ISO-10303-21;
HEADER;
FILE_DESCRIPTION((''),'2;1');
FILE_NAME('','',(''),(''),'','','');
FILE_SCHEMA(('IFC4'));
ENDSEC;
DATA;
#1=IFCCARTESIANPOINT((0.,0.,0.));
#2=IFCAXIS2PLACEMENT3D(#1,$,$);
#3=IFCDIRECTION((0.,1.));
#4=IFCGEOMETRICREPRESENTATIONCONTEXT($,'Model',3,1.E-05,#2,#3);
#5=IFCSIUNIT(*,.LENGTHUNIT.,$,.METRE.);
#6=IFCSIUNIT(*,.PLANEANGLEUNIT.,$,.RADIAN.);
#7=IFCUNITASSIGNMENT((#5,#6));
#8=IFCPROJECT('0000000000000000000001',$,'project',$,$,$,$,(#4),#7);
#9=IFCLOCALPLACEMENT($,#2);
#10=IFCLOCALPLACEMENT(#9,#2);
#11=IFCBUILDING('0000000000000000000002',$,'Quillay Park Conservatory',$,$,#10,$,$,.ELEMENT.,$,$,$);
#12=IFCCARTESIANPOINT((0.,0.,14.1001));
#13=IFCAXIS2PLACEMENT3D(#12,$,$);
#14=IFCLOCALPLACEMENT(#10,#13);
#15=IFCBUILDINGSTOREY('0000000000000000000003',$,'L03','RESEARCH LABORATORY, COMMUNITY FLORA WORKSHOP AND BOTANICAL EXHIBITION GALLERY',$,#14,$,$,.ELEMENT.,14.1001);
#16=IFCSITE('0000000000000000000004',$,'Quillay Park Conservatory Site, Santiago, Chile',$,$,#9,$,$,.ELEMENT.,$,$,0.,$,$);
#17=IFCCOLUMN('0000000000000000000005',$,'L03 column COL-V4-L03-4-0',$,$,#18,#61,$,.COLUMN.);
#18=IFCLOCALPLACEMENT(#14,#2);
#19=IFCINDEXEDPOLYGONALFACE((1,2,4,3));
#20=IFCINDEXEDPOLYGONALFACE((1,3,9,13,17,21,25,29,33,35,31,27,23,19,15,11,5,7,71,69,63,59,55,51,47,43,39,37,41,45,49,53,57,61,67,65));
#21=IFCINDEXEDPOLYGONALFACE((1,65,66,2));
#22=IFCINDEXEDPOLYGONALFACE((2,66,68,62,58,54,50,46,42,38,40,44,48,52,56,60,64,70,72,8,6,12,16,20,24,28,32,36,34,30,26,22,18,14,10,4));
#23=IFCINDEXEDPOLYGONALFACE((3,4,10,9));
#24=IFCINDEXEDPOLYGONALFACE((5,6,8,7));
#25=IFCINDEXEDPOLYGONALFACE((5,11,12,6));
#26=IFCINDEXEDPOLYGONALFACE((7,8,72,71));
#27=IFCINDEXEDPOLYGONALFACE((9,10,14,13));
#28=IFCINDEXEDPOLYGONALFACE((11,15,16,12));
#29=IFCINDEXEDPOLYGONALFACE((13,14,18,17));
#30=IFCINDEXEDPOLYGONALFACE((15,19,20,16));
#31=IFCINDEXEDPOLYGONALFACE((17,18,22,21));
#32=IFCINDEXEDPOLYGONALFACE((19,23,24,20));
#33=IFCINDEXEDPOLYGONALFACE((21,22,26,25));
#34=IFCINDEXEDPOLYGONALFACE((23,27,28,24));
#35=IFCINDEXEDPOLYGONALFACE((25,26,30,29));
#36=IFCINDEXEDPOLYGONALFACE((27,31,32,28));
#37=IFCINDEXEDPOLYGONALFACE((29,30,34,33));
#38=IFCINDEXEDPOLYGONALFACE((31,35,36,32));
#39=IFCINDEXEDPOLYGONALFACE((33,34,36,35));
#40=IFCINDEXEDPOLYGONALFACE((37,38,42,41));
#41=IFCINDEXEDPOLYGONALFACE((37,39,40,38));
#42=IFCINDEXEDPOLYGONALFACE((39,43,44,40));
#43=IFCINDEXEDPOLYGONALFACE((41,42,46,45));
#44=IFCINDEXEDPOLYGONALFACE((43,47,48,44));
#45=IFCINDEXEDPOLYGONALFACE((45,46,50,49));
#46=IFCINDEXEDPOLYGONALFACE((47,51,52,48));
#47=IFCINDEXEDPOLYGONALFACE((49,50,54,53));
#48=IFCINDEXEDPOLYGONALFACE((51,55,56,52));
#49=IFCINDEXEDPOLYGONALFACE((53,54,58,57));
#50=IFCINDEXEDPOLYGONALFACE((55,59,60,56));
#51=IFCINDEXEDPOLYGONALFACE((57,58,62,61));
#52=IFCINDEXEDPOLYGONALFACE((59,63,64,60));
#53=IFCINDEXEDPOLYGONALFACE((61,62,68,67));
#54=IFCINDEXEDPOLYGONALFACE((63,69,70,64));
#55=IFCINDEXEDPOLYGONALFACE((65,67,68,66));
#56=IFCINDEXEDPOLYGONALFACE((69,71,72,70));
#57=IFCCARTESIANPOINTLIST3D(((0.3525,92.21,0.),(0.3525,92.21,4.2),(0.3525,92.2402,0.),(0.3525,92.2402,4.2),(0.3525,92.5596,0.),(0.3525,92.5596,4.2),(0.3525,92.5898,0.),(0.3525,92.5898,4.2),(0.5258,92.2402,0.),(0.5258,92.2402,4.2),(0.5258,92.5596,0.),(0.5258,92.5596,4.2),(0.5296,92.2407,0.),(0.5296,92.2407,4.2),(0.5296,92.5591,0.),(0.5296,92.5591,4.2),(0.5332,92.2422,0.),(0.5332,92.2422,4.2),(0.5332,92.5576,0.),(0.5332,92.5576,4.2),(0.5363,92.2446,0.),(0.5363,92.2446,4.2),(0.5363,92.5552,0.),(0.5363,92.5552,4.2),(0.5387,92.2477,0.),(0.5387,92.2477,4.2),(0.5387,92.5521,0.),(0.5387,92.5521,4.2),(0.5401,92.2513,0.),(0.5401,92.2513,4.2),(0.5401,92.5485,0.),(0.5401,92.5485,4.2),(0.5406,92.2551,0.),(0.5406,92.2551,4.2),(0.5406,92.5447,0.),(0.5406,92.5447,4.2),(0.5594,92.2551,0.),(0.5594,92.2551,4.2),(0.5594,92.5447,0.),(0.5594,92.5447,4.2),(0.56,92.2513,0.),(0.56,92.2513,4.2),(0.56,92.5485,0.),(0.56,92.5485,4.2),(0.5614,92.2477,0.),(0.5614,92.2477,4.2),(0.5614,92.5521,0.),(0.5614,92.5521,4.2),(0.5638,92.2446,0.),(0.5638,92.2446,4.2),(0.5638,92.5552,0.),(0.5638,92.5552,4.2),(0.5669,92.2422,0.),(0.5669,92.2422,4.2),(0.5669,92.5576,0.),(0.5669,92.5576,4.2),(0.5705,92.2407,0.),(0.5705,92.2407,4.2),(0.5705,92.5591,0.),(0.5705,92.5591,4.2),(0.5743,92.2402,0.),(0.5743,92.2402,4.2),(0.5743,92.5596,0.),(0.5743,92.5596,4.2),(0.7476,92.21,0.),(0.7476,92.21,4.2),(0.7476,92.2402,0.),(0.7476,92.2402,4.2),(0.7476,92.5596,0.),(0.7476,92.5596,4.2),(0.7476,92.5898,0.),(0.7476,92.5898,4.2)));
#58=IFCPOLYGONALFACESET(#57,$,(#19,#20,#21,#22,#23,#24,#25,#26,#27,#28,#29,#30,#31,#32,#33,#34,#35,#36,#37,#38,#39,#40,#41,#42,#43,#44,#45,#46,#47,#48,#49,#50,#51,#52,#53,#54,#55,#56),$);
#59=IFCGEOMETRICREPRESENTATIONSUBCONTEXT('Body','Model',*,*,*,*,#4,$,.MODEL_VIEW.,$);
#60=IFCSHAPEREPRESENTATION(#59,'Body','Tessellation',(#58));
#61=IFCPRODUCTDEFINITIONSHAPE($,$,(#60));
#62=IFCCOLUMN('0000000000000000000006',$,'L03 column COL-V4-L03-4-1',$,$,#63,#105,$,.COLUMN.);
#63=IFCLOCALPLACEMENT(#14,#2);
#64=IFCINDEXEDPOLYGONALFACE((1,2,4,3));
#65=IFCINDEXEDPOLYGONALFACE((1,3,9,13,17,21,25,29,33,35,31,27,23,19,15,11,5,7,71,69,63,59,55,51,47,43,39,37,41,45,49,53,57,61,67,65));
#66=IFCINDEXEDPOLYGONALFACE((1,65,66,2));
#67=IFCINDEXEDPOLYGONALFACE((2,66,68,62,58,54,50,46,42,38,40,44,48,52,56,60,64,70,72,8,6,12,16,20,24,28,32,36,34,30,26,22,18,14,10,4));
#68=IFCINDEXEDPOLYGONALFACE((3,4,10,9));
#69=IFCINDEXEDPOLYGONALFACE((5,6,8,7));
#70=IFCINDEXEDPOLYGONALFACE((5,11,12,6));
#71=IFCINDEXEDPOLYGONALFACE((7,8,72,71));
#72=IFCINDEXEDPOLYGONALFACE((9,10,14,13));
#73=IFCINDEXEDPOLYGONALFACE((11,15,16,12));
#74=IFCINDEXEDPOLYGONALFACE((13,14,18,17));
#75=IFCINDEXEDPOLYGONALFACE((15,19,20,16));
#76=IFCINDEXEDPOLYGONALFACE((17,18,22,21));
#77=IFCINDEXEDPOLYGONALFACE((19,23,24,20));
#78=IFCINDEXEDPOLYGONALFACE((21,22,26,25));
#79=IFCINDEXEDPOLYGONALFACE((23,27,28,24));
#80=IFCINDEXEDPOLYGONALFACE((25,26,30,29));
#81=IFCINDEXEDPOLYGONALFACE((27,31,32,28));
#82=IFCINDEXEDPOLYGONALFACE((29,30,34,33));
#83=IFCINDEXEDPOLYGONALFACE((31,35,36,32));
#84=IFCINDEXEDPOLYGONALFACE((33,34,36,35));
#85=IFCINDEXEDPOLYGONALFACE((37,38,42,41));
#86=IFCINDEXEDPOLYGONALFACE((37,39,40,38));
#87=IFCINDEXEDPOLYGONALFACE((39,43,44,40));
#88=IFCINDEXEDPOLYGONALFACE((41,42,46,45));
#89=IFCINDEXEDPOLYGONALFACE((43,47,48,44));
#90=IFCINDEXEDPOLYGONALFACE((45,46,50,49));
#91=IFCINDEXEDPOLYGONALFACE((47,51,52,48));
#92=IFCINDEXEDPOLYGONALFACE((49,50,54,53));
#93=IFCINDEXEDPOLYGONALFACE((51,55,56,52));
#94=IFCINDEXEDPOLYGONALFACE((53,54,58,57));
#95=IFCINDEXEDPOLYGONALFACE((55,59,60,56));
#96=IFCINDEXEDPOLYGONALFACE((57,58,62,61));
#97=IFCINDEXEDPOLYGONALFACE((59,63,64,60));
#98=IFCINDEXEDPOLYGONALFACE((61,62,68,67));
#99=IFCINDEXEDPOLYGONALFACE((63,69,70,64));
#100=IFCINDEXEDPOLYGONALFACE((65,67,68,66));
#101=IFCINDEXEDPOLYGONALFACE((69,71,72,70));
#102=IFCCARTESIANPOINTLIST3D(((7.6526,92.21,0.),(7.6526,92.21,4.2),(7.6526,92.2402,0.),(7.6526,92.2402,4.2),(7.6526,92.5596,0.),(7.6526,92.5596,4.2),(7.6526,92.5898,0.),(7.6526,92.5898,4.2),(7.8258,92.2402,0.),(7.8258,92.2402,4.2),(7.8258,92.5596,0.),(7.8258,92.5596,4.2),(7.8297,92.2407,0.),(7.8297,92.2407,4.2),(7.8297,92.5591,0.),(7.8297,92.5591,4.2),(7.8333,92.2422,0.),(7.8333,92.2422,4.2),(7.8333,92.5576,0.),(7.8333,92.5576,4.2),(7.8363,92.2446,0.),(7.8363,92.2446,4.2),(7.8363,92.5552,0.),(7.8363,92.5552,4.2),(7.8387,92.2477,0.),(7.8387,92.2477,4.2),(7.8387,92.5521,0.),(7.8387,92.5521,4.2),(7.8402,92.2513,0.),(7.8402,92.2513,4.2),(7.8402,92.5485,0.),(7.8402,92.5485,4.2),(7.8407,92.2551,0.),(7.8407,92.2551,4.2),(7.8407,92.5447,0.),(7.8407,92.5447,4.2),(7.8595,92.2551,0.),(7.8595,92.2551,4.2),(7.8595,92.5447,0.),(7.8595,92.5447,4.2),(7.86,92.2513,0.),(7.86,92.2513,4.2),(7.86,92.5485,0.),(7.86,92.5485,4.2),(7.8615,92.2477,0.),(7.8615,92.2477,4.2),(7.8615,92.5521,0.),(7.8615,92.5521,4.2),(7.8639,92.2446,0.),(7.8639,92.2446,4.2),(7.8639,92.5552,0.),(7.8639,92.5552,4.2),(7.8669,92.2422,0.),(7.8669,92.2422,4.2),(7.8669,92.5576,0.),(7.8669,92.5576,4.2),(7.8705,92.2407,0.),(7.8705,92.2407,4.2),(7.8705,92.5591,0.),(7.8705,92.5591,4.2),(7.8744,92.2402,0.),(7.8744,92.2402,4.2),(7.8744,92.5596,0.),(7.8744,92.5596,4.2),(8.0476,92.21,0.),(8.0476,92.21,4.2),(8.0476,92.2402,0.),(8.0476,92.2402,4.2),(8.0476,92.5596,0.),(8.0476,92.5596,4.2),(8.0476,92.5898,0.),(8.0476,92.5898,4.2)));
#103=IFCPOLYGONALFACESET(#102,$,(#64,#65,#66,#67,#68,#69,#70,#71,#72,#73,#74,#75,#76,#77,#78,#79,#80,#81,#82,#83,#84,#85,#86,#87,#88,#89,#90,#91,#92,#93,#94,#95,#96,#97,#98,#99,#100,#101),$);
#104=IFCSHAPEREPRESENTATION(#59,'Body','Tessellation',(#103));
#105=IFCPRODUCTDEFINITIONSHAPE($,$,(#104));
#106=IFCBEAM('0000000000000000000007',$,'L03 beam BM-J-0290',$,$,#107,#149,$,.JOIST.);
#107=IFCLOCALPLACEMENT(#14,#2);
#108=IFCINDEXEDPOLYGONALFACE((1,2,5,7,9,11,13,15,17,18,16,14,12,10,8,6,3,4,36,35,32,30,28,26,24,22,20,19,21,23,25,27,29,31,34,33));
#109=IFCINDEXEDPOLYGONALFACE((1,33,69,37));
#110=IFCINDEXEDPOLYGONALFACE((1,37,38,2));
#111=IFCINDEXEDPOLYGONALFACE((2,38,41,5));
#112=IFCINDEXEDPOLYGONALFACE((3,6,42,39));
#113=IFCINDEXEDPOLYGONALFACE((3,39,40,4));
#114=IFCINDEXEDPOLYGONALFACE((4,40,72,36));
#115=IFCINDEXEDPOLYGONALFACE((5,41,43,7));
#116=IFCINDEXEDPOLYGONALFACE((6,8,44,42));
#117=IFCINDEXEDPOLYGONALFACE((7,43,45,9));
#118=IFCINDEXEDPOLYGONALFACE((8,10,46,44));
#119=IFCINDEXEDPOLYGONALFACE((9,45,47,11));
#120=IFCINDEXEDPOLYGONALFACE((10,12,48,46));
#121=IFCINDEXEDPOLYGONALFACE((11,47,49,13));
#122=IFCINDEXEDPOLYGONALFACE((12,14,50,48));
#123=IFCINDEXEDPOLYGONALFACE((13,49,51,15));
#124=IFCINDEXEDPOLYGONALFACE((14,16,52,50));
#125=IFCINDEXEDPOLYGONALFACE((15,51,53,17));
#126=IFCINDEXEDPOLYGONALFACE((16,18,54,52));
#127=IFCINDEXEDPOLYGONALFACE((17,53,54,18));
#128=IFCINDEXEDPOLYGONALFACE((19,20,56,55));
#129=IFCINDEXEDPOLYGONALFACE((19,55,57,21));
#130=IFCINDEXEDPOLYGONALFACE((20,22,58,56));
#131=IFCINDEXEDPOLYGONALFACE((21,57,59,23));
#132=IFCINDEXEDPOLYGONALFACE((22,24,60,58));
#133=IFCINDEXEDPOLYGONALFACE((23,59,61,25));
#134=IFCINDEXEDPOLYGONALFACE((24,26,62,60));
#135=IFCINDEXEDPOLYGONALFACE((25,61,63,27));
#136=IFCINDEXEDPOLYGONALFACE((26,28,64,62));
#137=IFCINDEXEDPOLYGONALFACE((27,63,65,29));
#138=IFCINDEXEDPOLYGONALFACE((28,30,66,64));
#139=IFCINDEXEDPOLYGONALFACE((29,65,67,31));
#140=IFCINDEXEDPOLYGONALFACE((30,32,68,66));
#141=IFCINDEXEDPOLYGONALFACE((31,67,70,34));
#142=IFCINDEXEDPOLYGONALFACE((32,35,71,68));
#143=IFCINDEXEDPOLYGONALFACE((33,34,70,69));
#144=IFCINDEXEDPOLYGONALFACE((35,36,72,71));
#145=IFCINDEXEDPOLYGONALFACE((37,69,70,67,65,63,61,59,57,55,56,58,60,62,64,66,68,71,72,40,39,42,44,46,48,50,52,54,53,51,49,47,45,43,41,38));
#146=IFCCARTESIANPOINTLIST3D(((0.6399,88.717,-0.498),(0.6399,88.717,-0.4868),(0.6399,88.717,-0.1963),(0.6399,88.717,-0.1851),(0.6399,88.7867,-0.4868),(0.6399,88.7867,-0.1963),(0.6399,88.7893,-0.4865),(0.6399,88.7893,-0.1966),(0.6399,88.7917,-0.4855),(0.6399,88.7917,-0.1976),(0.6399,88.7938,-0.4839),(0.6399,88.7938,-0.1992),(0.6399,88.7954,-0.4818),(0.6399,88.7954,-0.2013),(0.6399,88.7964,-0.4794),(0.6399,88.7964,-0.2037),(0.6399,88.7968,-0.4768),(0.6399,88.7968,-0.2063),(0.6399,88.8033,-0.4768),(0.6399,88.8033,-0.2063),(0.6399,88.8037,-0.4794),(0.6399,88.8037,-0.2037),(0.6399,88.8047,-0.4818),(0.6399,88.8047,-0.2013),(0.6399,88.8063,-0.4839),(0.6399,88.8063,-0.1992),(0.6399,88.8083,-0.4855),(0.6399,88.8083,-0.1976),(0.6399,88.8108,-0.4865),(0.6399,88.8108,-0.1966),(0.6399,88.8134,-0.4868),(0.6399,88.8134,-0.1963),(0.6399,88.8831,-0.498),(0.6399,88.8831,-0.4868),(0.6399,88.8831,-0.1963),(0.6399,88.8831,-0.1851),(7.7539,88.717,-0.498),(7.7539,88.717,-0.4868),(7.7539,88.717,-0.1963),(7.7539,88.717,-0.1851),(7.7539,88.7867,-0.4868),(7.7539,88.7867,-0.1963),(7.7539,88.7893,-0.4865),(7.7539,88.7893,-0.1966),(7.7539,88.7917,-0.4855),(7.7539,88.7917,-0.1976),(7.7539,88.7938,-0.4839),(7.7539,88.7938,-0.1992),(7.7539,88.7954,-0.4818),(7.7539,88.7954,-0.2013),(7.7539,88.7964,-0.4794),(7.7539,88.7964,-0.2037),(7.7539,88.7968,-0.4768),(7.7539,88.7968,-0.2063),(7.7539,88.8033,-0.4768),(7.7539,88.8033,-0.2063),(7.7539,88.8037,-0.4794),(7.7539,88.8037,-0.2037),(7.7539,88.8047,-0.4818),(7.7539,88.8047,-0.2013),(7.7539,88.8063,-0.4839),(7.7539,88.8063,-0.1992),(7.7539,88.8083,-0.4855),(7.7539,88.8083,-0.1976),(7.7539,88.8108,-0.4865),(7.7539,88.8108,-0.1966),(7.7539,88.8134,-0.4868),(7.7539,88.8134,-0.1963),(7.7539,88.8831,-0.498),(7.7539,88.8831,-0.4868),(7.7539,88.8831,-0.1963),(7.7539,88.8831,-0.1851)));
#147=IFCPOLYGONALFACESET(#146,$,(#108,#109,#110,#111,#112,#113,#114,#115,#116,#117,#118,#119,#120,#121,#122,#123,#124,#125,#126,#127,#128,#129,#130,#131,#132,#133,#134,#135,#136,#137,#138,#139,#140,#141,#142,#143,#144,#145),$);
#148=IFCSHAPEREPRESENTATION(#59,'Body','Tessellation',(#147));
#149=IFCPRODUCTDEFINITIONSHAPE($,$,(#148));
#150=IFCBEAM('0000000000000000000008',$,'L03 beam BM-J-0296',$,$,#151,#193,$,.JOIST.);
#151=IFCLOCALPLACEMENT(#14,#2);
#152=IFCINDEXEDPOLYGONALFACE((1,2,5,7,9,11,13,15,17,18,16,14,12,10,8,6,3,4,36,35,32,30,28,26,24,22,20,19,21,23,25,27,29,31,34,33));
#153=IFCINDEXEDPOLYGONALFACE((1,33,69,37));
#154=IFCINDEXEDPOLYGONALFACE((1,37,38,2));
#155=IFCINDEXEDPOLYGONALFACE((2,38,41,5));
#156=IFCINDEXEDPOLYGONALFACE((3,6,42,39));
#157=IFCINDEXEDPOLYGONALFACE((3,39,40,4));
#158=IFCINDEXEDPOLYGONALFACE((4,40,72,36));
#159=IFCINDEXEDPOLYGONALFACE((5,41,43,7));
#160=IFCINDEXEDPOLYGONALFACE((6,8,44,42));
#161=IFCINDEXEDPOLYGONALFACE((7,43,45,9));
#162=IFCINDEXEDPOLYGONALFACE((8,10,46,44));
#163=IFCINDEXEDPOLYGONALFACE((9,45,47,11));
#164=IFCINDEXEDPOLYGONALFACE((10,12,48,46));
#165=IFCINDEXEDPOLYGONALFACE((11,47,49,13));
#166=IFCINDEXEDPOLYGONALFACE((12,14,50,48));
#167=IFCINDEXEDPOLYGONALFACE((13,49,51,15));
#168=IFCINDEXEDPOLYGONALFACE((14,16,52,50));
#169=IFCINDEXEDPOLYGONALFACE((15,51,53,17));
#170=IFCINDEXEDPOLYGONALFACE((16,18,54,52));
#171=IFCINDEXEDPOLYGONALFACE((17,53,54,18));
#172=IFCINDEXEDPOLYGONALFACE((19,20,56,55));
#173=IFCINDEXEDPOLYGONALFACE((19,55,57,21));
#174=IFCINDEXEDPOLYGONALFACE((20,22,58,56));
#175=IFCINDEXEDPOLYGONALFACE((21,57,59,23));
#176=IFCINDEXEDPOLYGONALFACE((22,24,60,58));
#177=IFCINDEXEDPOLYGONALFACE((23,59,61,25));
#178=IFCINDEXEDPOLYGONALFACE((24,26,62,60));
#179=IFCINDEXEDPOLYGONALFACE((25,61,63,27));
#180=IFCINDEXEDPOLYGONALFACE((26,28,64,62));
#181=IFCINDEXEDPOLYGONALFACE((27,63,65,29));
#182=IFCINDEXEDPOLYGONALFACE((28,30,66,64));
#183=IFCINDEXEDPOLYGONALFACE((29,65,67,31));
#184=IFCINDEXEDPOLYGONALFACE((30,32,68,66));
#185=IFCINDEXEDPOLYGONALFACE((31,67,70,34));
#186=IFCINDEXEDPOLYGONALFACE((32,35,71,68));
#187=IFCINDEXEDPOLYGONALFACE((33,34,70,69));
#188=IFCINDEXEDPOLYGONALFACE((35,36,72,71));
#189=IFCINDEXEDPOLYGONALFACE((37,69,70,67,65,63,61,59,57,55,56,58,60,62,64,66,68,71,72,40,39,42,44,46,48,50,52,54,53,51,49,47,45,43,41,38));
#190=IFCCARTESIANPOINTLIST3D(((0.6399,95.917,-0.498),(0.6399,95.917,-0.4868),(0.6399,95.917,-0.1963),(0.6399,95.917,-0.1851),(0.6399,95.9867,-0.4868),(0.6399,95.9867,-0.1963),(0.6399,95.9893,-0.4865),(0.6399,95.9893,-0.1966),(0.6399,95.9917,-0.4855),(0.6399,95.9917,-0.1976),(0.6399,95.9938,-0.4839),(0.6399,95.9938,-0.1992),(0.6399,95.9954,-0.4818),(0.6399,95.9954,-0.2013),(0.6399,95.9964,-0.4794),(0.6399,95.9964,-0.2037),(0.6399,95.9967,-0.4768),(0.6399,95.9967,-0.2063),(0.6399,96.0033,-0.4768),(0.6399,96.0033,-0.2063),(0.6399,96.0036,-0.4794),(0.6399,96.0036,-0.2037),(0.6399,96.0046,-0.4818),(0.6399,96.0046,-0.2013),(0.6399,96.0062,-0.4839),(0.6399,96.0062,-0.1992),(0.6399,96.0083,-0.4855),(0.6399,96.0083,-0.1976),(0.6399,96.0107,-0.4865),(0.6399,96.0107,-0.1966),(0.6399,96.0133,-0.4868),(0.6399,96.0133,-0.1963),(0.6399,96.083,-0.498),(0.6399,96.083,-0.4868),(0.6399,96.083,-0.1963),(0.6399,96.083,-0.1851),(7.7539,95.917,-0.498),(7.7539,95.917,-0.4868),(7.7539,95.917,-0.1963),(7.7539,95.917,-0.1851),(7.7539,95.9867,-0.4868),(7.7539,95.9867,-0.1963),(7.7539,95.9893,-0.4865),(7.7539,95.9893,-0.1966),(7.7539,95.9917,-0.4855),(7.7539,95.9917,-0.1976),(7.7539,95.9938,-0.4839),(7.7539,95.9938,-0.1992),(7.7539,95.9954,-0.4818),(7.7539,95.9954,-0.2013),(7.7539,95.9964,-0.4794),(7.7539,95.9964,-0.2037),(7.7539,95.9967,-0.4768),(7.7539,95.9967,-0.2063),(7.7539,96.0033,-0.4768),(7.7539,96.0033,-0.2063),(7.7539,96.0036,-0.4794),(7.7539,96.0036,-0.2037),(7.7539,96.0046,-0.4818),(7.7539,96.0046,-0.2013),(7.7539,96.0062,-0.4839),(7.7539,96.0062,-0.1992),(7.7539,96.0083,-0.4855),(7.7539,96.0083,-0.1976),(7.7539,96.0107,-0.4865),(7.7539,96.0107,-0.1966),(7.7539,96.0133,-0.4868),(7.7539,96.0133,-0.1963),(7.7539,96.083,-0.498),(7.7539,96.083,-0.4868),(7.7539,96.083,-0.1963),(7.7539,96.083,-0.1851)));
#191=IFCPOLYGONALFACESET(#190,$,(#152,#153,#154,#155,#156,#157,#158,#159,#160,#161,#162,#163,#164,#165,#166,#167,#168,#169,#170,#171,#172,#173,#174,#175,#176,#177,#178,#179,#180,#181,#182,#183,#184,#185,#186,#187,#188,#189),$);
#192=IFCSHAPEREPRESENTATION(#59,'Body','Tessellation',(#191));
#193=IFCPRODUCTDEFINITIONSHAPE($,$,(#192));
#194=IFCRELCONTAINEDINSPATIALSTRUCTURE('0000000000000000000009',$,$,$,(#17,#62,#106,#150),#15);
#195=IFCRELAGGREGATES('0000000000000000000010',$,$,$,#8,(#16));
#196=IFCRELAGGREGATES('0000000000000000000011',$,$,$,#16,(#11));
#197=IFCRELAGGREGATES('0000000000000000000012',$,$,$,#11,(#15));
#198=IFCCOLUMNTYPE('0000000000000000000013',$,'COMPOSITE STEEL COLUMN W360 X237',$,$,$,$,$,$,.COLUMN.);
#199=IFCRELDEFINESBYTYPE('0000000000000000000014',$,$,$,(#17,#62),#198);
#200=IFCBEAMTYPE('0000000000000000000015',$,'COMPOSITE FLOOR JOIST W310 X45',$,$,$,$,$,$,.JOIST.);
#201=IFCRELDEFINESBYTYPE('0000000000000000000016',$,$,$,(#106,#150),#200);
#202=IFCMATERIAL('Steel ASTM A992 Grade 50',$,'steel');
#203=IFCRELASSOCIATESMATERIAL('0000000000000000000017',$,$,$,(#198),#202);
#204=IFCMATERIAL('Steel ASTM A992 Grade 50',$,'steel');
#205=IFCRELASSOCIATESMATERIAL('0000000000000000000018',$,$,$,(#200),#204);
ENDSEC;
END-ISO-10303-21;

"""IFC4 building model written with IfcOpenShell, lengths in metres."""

from ifc_helpers import new_model, si_unit, direction, frame, origin, origin_2d, place, context, subcontext, project, spatial, i_section, extrude, material, material_profile, profile_set, type_object, element, save


model = new_model("IFC4")

# Units and contexts
model_context = context("Model", 3, precision=1e-05, world=origin(), true_north=direction((0.0, 1.0)))
body_context = subcontext(model_context, "Body", "Model", "MODEL_VIEW")
ifc_project = project(units=[si_unit("LENGTHUNIT", "METRE"), si_unit("PLANEANGLEUNIT", "RADIAN")], contexts=[model_context])

# Site, building, storey
site_placement = place(None, origin())
site = spatial("IfcSite", under=ifc_project, at=site_placement, Name="Quillay Park Conservatory Site, Santiago, Chile", CompositionType="ELEMENT", RefElevation=0.0)
building_placement = place(site_placement, origin())
building = spatial("IfcBuilding", under=site, at=building_placement, Name="Quillay Park Conservatory", CompositionType="ELEMENT")
storey_placement = place(building_placement, frame((0.0, 0.0, 14.1001)))
storey = spatial("IfcBuildingStorey", under=building, at=storey_placement, Name="L03", Description="RESEARCH LABORATORY, COMMUNITY FLORA WORKSHOP AND BOTANICAL EXHIBITION GALLERY", CompositionType="ELEMENT", Elevation=14.1001)

# Columns
ifc_material_1 = material(Name="Steel ASTM A992 Grade 50", Category="steel")
ifc_material_profile_1 = material_profile(ifc_material_1, i_section(OverallWidth=0.395, OverallDepth=0.3799, WebThickness=0.0188, FlangeThickness=0.0303, FilletRadius=0.0149, at=origin_2d()), Name="W360x237")
ifc_profile_set_1 = profile_set([ifc_material_profile_1], Name="Steel ASTM A992 Grade 50")
column_type = type_object("IfcColumnType", Name="COMPOSITE STEEL COLUMN W360 X237", PredefinedType="COLUMN", material=ifc_profile_set_1)
for number, where, z_axis, x_axis, name in (
    (1, (0.55, 92.3999, 0.0), (0.0, 0.0, 1.0), (1.0, 0.0, 0.0), "L03 column COL-V4-L03-4-0"),
    (2, (7.8501, 92.3999, 0.0), (0.0, 0.0, 1.0), (1.0, 0.0, 0.0), "L03 column COL-V4-L03-4-1"),
):
    element("IfcColumn", number, at=place(storey_placement, frame(where, z_axis=z_axis, x_axis=x_axis)), inside=storey, type_object=column_type, Name=name, PredefinedType="COLUMN", context=body_context, shape_type="SweptSolid", body=[
        extrude(i_section(OverallWidth=0.395, OverallDepth=0.3799, WebThickness=0.0188, FlangeThickness=0.0303, FilletRadius=0.0149, at=origin_2d()), origin(), (0.0, 0.0, 1.0), 4.2),
    ])

# Beams
ifc_material_2 = material(Name="Steel ASTM A992 Grade 50", Category="steel")
ifc_material_profile_2 = material_profile(ifc_material_2, i_section(OverallWidth=0.166, OverallDepth=0.313, WebThickness=0.0066, FlangeThickness=0.0112, FilletRadius=0.01, at=origin_2d()), Name="W310x45")
ifc_profile_set_2 = profile_set([ifc_material_profile_2], Name="Steel ASTM A992 Grade 50")
beam_type_1 = type_object("IfcBeamType", Name="COMPOSITE FLOOR JOIST W310 X45", PredefinedType="JOIST", material=ifc_profile_set_2)
for number, where, z_axis, x_axis, name in (
    (3, (0.6399, 88.8, -0.3416), (1.0, 0.0, 0.0), (0.0, 1.0, 0.0), "L03 beam BM-J-0290"),
    (4, (0.6399, 96.0, -0.3416), (1.0, 0.0, 0.0), (0.0, 1.0, 0.0), "L03 beam BM-J-0296"),
):
    element("IfcBeam", number, at=place(storey_placement, frame(where, z_axis=z_axis, x_axis=x_axis)), inside=storey, type_object=beam_type_1, Name=name, PredefinedType="JOIST", context=body_context, shape_type="SweptSolid", body=[
        extrude(i_section(OverallWidth=0.166, OverallDepth=0.313, WebThickness=0.0066, FlangeThickness=0.0112, FilletRadius=0.01, at=origin_2d()), origin(), (0.0, 0.0, 1.0), 7.114),
    ])

save(model, "model.ifc")
